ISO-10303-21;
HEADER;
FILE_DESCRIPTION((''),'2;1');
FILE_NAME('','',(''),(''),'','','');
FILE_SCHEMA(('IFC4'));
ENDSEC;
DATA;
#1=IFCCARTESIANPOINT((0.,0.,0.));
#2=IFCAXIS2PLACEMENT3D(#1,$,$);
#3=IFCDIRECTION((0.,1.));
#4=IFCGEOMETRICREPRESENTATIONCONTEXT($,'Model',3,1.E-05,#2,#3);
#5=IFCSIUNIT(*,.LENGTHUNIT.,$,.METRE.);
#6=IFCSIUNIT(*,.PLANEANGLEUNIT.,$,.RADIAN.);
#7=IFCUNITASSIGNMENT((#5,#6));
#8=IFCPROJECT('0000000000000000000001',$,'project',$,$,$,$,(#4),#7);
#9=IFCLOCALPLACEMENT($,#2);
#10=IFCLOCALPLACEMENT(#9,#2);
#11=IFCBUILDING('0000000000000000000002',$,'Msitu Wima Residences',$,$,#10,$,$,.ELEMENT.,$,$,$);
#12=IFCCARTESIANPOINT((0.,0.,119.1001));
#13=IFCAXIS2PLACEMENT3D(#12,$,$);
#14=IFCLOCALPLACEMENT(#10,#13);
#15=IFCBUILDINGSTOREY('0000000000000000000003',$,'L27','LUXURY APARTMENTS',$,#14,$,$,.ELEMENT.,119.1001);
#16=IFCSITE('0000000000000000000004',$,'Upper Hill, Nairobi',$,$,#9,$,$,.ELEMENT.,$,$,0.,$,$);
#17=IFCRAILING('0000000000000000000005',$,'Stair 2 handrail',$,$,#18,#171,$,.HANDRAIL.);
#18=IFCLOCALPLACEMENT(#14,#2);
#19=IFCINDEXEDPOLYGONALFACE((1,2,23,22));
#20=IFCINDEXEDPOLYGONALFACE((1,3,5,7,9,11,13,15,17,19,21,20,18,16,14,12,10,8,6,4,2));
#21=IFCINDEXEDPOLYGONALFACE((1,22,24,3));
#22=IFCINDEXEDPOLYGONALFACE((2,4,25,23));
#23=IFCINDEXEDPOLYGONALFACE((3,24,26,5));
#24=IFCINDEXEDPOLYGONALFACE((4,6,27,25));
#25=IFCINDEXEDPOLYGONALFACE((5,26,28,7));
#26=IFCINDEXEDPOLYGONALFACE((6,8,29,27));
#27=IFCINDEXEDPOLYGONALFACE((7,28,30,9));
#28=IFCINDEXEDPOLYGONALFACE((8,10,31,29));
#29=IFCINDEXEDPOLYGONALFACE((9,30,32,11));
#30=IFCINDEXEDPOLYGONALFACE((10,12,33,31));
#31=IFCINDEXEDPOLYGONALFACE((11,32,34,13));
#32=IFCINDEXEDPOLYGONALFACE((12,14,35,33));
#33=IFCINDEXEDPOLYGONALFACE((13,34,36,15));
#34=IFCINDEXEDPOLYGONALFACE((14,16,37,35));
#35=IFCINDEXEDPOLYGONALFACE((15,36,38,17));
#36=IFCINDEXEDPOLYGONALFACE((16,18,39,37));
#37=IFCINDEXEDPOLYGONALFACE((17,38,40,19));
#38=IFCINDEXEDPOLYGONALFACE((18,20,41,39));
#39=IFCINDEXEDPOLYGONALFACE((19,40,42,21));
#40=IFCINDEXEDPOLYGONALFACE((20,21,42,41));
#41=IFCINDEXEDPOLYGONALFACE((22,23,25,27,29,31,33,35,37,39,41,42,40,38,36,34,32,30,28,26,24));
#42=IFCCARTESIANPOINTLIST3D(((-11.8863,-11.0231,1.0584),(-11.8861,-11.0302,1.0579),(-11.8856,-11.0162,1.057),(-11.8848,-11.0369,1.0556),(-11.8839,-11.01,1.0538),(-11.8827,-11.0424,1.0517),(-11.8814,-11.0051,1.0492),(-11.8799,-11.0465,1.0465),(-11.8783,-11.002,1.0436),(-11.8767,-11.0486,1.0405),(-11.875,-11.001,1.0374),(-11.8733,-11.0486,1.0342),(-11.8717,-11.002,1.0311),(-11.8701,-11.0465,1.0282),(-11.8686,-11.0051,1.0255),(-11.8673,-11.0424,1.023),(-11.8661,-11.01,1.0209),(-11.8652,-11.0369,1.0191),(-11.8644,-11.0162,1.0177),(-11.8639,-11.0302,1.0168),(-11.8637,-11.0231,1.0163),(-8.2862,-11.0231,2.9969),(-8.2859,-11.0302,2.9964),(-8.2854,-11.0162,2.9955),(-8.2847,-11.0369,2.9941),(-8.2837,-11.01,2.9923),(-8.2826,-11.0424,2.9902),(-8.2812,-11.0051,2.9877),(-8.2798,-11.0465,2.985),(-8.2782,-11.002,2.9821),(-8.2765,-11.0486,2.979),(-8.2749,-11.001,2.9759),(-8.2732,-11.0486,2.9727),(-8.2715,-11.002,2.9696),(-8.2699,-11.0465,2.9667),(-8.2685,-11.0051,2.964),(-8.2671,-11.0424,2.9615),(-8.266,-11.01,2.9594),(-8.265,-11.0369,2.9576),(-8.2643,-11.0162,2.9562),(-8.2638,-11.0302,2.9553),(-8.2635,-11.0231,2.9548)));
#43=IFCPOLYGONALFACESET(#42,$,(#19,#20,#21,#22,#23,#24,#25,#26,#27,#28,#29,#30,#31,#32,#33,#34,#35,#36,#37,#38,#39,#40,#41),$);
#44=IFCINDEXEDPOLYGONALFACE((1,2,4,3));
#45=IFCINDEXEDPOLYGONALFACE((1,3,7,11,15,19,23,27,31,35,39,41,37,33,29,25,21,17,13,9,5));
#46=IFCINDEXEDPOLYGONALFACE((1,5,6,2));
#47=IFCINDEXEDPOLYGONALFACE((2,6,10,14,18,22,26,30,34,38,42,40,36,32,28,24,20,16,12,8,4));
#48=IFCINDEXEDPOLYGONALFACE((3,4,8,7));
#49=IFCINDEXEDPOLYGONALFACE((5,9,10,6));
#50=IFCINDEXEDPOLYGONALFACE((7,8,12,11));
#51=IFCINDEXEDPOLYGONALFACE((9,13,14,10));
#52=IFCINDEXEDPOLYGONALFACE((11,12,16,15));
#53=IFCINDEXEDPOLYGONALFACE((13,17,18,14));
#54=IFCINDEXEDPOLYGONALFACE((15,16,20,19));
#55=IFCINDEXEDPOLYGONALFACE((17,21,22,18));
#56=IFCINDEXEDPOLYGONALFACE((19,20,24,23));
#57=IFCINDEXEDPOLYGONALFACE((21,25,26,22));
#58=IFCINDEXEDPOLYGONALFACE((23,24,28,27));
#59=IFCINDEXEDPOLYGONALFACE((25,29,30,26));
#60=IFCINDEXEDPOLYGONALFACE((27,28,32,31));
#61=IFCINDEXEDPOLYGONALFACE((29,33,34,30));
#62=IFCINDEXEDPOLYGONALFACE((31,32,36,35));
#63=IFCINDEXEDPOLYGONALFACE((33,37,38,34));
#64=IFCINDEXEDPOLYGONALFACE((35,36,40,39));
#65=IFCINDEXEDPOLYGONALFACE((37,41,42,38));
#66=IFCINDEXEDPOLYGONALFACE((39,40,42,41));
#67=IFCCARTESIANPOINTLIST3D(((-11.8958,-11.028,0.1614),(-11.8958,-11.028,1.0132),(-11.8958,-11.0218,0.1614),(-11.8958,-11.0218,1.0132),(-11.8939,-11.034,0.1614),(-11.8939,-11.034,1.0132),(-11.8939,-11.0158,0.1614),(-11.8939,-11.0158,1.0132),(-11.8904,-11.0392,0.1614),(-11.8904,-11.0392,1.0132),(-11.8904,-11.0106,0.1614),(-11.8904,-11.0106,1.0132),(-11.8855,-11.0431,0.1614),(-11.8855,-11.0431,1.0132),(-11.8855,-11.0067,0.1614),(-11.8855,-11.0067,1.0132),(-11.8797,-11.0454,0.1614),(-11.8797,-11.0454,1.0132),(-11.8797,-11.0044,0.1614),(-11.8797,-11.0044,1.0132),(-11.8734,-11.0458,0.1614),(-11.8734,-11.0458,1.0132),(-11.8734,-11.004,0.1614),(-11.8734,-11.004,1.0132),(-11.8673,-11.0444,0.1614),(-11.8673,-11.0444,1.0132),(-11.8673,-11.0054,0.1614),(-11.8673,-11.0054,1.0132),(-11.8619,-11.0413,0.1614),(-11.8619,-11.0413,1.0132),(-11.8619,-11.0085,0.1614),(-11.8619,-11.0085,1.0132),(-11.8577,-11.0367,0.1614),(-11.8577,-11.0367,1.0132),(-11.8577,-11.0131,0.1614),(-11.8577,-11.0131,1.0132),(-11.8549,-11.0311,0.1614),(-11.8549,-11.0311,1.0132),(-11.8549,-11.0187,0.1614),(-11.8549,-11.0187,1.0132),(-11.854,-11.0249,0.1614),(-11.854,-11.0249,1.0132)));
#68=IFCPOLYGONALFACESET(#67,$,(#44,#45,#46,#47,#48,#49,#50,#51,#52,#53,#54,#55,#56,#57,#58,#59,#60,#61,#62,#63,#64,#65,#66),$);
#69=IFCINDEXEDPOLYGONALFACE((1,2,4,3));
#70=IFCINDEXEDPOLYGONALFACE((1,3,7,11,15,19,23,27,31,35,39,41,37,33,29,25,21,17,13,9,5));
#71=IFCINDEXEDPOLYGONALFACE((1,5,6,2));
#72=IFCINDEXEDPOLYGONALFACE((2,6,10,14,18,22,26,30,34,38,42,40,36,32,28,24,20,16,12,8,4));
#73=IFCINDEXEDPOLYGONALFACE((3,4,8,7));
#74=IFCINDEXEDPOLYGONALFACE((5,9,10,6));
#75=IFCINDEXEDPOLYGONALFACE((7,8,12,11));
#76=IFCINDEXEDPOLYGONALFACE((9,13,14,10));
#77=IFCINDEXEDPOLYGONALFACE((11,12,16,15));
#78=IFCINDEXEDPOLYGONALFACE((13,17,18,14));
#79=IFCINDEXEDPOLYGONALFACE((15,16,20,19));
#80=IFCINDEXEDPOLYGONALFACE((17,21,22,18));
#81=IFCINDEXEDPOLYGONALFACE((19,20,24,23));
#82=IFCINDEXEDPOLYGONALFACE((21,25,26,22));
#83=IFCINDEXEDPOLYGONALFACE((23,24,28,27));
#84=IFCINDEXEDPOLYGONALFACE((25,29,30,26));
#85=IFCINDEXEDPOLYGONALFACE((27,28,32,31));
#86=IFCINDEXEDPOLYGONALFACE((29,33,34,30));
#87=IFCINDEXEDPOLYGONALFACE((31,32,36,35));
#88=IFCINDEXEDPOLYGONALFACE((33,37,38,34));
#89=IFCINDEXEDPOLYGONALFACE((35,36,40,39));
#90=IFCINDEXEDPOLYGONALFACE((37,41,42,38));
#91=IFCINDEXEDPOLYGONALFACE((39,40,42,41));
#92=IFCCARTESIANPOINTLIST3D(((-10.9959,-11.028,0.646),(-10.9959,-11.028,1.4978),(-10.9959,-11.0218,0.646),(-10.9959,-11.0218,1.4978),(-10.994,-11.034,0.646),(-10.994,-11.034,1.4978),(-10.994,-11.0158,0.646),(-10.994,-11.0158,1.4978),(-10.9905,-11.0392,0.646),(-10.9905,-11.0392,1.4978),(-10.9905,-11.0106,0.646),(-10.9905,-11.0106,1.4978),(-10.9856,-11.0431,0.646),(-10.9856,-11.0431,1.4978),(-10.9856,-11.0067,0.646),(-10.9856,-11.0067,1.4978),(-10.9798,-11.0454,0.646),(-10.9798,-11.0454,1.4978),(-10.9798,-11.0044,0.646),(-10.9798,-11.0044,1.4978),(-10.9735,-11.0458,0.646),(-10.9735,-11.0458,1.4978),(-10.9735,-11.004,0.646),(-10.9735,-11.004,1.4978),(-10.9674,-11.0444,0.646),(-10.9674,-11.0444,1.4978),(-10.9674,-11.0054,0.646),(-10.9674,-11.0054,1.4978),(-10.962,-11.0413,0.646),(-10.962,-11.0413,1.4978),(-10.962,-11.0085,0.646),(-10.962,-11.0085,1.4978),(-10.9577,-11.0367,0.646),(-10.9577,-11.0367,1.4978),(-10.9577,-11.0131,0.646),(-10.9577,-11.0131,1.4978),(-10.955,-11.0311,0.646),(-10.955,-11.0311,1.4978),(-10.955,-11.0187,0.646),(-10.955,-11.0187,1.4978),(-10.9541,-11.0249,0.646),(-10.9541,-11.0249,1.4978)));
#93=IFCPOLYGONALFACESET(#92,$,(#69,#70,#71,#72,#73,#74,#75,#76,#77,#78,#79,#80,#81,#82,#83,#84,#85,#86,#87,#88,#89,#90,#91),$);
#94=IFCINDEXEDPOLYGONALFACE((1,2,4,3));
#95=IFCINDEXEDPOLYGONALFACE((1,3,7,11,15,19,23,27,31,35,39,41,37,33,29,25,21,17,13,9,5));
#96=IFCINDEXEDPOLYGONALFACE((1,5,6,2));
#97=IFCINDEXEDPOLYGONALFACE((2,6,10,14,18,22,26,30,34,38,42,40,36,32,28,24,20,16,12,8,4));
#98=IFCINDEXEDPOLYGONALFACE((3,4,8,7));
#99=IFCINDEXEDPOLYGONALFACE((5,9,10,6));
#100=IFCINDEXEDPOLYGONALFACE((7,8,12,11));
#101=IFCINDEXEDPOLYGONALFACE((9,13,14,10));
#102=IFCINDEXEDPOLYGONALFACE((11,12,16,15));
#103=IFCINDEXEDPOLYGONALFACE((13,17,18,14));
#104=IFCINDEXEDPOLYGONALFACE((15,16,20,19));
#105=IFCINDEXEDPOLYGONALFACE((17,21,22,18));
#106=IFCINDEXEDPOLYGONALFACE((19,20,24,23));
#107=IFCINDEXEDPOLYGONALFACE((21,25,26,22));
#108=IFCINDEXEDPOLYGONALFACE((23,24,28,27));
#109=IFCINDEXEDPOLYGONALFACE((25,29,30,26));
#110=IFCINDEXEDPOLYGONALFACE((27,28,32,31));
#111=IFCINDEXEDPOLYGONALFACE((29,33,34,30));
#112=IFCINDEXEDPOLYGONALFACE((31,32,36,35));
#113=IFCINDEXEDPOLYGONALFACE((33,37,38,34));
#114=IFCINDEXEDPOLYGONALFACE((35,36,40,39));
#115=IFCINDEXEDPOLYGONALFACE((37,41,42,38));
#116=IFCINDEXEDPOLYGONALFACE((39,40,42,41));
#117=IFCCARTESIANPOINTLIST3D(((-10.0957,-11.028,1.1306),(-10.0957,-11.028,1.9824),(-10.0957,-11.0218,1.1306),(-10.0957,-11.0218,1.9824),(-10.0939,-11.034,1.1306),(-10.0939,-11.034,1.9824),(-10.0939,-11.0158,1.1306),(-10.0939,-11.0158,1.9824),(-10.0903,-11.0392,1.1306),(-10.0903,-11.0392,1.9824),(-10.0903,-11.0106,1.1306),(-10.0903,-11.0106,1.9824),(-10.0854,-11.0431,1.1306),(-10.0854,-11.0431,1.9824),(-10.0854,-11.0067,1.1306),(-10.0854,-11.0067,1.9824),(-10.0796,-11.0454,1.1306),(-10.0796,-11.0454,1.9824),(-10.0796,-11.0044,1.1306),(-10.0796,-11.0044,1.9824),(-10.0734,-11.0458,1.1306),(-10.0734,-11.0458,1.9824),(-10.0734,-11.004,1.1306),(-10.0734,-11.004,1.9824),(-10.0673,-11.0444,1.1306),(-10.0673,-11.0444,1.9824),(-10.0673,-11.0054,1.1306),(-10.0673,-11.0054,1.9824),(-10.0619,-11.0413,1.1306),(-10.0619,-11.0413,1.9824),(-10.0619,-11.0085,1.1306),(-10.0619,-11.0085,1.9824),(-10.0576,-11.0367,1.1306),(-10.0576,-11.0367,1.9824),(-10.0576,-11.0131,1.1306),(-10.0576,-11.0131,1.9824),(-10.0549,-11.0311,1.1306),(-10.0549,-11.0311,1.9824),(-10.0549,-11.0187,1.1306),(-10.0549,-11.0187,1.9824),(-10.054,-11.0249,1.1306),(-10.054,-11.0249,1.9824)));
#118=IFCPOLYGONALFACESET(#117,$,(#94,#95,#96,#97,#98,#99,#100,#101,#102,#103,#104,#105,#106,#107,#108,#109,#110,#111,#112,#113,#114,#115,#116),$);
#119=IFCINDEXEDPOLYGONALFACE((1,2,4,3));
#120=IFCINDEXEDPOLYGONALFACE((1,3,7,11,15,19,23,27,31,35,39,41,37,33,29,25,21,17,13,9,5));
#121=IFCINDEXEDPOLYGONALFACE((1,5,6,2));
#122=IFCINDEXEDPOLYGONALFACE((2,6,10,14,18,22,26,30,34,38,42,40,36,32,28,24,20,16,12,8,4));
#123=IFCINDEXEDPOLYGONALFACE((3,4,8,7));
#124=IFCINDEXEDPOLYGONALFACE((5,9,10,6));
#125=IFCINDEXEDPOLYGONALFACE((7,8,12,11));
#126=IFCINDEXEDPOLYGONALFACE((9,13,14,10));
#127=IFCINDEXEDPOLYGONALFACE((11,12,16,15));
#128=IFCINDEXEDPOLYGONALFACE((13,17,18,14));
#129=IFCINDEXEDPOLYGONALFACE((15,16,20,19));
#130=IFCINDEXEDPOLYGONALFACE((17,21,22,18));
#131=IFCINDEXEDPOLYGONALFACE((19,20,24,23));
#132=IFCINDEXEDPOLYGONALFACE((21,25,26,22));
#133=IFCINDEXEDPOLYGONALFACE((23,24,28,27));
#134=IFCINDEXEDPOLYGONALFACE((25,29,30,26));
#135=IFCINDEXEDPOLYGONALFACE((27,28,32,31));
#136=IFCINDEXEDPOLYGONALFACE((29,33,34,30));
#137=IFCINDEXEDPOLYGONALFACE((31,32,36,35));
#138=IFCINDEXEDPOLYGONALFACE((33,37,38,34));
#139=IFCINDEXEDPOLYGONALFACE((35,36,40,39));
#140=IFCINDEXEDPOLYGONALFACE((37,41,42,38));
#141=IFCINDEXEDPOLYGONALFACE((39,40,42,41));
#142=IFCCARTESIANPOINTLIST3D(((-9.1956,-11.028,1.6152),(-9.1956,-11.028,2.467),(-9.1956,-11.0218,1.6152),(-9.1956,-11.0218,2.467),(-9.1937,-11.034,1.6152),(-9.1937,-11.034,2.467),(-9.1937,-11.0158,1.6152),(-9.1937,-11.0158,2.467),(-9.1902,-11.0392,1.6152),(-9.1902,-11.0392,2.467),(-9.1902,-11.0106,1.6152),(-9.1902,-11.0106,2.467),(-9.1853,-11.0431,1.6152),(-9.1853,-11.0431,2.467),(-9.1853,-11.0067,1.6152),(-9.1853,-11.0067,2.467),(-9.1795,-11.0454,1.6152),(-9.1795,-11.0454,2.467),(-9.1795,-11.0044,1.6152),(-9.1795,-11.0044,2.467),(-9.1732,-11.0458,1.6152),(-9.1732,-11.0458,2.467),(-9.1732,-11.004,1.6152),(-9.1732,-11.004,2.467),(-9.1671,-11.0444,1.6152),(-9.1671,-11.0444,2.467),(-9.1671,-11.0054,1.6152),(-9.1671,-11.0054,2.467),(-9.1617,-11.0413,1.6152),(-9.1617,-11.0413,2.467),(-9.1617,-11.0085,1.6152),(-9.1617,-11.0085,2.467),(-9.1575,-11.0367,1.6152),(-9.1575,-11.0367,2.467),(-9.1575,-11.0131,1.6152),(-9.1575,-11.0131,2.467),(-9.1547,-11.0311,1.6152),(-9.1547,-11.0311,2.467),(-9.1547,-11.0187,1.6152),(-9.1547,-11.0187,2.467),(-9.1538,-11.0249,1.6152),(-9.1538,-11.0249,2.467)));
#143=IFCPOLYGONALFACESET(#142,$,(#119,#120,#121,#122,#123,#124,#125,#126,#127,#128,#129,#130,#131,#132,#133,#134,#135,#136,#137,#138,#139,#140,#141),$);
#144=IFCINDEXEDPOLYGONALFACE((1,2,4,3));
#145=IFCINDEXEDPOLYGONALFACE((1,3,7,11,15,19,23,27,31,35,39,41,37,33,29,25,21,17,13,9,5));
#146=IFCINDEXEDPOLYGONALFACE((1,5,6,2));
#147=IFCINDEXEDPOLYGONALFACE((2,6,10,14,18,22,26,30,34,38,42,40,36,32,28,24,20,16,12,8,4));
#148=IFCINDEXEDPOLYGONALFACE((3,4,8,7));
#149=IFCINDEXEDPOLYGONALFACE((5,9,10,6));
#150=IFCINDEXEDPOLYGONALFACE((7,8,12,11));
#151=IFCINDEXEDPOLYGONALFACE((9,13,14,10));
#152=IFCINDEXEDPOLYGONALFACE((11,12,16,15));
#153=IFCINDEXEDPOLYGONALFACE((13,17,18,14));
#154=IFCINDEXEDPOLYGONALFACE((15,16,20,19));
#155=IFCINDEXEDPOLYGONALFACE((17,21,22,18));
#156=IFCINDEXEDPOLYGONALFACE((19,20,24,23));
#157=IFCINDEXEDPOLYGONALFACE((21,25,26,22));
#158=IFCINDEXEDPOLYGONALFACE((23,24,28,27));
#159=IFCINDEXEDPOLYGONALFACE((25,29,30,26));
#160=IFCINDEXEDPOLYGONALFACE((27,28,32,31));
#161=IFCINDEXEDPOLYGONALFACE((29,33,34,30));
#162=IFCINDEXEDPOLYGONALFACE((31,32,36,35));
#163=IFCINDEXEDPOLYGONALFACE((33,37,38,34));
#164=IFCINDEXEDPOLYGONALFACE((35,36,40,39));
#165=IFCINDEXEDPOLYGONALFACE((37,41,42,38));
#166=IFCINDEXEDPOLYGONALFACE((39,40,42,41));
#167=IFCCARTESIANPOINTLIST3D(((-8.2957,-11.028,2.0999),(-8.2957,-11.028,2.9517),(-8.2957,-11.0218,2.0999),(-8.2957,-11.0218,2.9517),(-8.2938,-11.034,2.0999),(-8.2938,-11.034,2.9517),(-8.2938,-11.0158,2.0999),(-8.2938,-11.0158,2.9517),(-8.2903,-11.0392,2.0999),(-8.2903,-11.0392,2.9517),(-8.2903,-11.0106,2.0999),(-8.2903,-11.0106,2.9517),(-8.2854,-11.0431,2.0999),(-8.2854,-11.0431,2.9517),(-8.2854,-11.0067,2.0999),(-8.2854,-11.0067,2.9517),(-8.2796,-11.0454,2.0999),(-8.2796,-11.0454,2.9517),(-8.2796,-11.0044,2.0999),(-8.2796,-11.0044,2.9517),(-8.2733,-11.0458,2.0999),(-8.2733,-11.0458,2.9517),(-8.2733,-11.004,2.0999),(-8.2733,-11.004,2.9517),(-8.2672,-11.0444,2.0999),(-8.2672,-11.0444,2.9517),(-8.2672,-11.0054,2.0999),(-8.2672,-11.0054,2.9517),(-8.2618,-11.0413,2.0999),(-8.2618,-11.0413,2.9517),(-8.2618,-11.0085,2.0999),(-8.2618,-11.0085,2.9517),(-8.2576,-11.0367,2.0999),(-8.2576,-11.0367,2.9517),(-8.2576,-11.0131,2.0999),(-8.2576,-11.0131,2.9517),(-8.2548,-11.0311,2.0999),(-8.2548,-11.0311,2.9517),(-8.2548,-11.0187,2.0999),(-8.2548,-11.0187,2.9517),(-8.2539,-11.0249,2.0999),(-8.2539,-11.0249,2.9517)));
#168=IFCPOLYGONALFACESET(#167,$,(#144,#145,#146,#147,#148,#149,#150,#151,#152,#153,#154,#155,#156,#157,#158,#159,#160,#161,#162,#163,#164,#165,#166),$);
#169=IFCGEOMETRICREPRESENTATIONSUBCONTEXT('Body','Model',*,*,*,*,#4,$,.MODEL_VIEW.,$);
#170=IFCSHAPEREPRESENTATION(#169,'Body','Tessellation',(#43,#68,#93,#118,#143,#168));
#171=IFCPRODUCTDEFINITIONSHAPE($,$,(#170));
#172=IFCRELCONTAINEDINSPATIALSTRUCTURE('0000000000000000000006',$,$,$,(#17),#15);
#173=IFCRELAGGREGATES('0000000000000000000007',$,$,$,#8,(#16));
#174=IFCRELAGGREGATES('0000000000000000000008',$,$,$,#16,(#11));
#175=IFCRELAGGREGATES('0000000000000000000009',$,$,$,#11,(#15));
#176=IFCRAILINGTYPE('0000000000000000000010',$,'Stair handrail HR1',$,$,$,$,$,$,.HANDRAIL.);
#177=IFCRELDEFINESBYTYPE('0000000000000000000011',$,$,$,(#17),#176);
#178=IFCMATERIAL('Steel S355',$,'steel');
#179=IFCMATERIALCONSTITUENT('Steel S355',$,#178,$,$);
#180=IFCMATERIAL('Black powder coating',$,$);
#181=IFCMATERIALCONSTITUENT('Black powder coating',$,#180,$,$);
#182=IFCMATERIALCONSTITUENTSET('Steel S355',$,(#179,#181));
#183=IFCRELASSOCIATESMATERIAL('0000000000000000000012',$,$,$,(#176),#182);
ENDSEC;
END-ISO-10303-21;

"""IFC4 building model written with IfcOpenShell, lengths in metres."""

from ifc_helpers import new_model, si_unit, direction, frame, origin, origin_2d, place, context, subcontext, project, spatial, circle, extrude, material, constituent, constituent_set, type_object, element, save


model = new_model("IFC4")

# Units and contexts
model_context = context("Model", 3, precision=1e-05, world=origin(), true_north=direction((0.0, 1.0)))
body_context = subcontext(model_context, "Body", "Model", "MODEL_VIEW")
ifc_project = project(units=[si_unit("LENGTHUNIT", "METRE"), si_unit("PLANEANGLEUNIT", "RADIAN")], contexts=[model_context])

# Site, building, storey
site_placement = place(None, origin())
site = spatial("IfcSite", under=ifc_project, at=site_placement, Name="Upper Hill, Nairobi", CompositionType="ELEMENT", RefElevation=0.0)
building_placement = place(site_placement, origin())
building = spatial("IfcBuilding", under=site, at=building_placement, Name="Msitu Wima Residences", CompositionType="ELEMENT")
storey_placement = place(building_placement, frame((0.0, 0.0, 119.1001)))
storey = spatial("IfcBuildingStorey", under=building, at=storey_placement, Name="L27", Description="LUXURY APARTMENTS", CompositionType="ELEMENT", Elevation=119.1001)

# Railing
ifc_material_1 = material(Name="Steel S355", Category="steel")
ifc_constituent_1 = constituent(ifc_material_1, Name="Steel S355")
ifc_material_2 = material(Name="Black powder coating")
ifc_constituent_2 = constituent(ifc_material_2, Name="Black powder coating")
ifc_constituent_set = constituent_set(constituents=[ifc_constituent_1, ifc_constituent_2], Name="Steel S355")
railing_type = type_object("IfcRailingType", Name="Stair handrail HR1", PredefinedType="HANDRAIL", material=ifc_constituent_set)
for number, where, name in (
    (1, (-11.875, -11.0249, 0.1614), "Stair 2 handrail"),
):
    element("IfcRailing", number, at=place(storey_placement, frame(where)), inside=storey, type_object=railing_type, Name=name, PredefinedType="HANDRAIL", context=body_context, shape_type="SweptSolid", body=[
        extrude(circle(Radius=0.0239, at=origin_2d()), frame((0.0, 0.0, 0.876), z_axis=(0.880475, 0.0, 0.474093), x_axis=(0.0, 1.0, 0.0)), (0.0, 0.0, 1.0), 4.0889),
        extrude(circle(Radius=0.021, at=origin_2d()), origin(), (0.0, 0.0, 1.0), 0.8518),
        extrude(circle(Radius=0.021, at=origin_2d()), frame((0.8999, 0.0, 0.4846)), (0.0, 0.0, 1.0), 0.8518),
        extrude(circle(Radius=0.021, at=origin_2d()), frame((1.8, 0.0, 0.9692)), (0.0, 0.0, 1.0), 0.8518),
        extrude(circle(Radius=0.021, at=origin_2d()), frame((2.7002, 0.0, 1.4539)), (0.0, 0.0, 1.0), 0.8518),
        extrude(circle(Radius=0.021, at=origin_2d()), frame((3.6001, 0.0, 1.9385)), (0.0, 0.0, 1.0), 0.8518),
    ])

save(model, "model.ifc")
